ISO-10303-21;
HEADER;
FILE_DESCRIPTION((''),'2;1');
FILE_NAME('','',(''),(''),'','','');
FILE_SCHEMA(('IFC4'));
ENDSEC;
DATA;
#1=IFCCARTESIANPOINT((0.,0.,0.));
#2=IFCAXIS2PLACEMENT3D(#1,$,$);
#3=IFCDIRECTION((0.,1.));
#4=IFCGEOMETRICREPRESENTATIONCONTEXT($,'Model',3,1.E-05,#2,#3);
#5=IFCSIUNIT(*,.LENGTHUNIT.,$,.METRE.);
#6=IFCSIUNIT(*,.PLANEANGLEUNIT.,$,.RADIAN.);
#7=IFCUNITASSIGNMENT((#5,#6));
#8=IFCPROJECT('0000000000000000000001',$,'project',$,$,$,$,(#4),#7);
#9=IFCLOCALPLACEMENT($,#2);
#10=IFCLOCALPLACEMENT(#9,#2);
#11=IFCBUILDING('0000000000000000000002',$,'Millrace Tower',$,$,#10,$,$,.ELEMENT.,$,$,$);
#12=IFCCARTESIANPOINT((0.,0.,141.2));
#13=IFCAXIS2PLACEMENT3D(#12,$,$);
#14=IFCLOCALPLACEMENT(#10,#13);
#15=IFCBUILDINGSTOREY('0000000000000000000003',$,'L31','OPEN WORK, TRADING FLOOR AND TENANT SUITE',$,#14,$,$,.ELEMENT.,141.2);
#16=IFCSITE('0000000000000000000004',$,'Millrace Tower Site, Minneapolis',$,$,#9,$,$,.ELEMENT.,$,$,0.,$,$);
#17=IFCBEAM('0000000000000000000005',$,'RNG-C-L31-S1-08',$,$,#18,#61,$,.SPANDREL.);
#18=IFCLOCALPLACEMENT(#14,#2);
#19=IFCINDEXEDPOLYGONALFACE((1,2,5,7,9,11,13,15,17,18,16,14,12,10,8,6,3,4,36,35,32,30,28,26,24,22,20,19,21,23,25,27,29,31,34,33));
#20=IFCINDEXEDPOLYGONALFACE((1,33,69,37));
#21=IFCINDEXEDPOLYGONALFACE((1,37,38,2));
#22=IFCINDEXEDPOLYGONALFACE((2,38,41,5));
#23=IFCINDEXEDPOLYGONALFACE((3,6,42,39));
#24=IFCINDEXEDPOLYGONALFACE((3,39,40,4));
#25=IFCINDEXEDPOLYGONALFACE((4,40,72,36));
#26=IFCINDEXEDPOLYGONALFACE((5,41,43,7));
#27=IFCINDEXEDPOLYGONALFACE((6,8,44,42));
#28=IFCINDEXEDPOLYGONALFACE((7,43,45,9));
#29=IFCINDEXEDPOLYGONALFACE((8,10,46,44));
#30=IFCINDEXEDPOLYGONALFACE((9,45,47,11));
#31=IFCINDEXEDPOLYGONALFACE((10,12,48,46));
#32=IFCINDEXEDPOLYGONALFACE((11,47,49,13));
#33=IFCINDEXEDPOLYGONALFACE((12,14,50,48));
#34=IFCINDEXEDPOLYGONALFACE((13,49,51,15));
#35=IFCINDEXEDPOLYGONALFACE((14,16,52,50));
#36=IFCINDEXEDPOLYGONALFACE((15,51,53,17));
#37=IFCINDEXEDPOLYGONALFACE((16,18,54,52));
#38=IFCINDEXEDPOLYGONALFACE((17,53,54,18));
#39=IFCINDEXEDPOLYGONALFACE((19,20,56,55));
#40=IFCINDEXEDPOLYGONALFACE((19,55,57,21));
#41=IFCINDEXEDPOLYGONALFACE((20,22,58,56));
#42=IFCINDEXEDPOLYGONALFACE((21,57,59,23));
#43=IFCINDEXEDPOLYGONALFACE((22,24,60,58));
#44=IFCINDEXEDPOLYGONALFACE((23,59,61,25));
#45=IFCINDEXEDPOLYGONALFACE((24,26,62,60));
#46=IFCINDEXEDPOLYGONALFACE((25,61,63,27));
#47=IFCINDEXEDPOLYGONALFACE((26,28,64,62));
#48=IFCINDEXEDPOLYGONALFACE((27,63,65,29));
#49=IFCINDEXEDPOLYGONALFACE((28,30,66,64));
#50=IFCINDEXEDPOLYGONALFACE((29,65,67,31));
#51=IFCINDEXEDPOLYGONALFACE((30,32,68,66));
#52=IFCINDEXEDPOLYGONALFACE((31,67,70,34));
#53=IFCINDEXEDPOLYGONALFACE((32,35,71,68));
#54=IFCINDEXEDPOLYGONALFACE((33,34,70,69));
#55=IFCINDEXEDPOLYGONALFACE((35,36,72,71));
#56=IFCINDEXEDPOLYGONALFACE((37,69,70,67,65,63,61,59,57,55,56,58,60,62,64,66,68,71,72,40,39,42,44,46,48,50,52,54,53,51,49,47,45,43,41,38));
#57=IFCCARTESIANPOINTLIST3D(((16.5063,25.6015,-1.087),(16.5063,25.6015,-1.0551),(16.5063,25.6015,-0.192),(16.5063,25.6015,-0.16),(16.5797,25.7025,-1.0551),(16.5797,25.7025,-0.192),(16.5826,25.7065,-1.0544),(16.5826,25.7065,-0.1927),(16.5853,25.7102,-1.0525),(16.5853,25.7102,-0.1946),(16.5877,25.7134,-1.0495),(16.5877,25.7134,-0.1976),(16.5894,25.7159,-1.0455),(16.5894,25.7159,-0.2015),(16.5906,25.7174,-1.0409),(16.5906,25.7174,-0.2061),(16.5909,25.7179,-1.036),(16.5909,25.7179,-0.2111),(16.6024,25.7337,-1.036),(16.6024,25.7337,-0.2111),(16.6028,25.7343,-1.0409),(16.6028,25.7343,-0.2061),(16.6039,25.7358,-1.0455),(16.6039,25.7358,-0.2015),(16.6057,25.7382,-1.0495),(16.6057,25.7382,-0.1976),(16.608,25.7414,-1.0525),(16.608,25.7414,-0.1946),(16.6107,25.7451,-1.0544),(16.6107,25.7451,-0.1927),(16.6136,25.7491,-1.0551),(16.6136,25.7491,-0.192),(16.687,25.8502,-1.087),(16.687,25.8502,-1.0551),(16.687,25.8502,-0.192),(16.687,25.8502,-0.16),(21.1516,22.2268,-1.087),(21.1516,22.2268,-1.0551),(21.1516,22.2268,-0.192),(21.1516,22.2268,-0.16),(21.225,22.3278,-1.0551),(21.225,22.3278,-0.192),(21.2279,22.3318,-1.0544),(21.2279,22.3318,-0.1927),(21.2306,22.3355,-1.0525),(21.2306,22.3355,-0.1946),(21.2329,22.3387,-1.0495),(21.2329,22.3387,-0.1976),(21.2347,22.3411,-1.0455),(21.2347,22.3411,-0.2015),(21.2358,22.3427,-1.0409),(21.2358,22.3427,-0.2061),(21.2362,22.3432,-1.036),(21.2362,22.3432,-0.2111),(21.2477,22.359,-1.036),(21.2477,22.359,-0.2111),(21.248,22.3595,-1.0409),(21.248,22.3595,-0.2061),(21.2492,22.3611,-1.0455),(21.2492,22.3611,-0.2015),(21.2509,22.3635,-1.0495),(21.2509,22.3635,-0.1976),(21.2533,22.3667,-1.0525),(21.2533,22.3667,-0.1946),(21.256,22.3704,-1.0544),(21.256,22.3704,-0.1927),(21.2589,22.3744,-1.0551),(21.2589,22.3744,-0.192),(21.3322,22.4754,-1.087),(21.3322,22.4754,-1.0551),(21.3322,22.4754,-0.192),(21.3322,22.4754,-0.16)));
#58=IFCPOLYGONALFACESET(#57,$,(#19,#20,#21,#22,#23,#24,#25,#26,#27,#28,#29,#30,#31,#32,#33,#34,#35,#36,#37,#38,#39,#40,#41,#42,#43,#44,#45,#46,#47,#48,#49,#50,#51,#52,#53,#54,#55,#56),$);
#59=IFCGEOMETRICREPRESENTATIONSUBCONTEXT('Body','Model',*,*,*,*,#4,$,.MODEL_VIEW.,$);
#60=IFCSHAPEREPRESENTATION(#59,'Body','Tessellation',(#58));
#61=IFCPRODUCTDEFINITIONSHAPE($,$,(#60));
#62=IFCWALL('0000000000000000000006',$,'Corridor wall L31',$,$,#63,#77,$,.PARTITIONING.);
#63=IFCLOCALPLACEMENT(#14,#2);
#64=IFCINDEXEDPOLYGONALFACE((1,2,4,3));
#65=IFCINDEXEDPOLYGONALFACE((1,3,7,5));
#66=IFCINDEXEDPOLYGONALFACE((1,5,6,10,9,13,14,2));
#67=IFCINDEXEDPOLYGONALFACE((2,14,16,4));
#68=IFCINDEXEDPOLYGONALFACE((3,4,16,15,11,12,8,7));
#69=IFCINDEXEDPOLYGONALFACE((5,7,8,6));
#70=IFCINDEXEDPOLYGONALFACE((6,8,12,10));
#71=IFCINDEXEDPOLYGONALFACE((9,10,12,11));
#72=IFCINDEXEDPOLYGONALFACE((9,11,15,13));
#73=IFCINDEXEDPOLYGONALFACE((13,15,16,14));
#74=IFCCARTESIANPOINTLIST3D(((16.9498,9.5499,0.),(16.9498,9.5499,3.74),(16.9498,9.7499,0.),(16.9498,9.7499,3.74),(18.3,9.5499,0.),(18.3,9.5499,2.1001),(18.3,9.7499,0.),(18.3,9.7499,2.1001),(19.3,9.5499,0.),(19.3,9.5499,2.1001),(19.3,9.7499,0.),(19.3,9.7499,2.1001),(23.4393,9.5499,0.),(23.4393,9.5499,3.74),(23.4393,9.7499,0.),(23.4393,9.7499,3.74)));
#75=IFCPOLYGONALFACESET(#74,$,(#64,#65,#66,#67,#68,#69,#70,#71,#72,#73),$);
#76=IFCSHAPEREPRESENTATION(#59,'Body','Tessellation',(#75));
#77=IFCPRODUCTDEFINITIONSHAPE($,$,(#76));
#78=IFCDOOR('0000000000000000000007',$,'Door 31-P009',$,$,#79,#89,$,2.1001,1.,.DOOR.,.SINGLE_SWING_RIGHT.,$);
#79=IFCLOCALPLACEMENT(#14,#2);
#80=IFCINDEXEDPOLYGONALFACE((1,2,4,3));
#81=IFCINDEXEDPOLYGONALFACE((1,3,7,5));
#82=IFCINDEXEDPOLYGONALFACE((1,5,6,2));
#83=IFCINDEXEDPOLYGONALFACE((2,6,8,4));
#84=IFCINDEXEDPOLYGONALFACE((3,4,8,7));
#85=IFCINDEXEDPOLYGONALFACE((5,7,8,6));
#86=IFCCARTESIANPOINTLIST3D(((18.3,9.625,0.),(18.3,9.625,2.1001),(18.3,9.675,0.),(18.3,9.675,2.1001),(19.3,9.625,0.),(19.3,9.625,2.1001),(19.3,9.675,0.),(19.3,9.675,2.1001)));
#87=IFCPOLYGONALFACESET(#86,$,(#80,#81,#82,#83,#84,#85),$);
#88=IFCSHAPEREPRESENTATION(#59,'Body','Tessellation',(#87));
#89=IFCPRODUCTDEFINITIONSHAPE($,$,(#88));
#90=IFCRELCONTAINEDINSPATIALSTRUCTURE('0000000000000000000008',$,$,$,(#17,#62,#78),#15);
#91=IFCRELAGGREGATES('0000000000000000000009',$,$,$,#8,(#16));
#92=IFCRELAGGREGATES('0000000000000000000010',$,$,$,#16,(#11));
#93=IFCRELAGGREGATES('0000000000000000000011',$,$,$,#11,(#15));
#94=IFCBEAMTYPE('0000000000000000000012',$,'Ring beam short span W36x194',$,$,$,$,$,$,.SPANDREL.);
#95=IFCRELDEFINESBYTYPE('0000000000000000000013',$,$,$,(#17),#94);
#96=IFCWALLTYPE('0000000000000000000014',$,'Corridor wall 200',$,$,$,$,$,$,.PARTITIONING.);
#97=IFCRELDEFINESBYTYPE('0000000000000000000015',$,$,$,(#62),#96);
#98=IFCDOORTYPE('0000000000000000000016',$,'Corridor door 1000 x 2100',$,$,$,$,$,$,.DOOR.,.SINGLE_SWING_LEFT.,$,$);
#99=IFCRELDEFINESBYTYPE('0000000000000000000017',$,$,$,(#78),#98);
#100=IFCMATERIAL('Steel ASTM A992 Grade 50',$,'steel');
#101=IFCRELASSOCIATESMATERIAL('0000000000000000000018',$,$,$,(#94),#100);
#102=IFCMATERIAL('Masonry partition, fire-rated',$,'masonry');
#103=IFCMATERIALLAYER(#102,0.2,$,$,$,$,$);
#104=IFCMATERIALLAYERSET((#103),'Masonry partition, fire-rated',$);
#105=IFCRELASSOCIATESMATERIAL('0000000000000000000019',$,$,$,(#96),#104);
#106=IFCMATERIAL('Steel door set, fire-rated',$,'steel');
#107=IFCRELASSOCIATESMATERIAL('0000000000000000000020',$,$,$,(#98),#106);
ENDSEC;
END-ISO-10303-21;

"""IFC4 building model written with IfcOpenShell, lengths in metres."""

from ifc_helpers import new_model, si_unit, direction, frame, frame_2d, origin, origin_2d, place, context, subcontext, project, spatial, rectangle, i_section, extrude, material, layer, layer_set, material_profile, profile_set, type_object, element, fill, save


model = new_model("IFC4")

# Units and contexts
model_context = context("Model", 3, precision=1e-05, world=origin(), true_north=direction((0.0, 1.0)))
body_context = subcontext(model_context, "Body", "Model", "MODEL_VIEW")
ifc_project = project(units=[si_unit("LENGTHUNIT", "METRE"), si_unit("PLANEANGLEUNIT", "RADIAN")], contexts=[model_context])

# Site, building, storey
site_placement = place(None, origin())
site = spatial("IfcSite", under=ifc_project, at=site_placement, Name="Millrace Tower Site, Minneapolis", CompositionType="ELEMENT", RefElevation=0.0)
building_placement = place(site_placement, origin())
building = spatial("IfcBuilding", under=site, at=building_placement, Name="Millrace Tower", CompositionType="ELEMENT")
storey_placement = place(building_placement, frame((0.0, 0.0, 141.2)))
storey = spatial("IfcBuildingStorey", under=building, at=storey_placement, Name="L31", Description="OPEN WORK, TRADING FLOOR AND TENANT SUITE", CompositionType="ELEMENT", Elevation=141.2)

# Beam
ifc_material_1 = material(Name="Steel ASTM A992 Grade 50", Category="steel")
ifc_material_profile_1 = material_profile(ifc_material_1, i_section(OverallWidth=0.3074, OverallDepth=0.927, WebThickness=0.0195, FlangeThickness=0.032, FilletRadius=0.019, at=origin_2d()))
ifc_profile_set_1 = profile_set([ifc_material_profile_1], Name="Steel ASTM A992 Grade 50")
beam_type_1 = type_object("IfcBeamType", Name="Ring beam short span W36x194", PredefinedType="SPANDREL", material=ifc_profile_set_1)
beam_1_placement = place(storey_placement, frame((16.5967, 25.7258, -0.6235), z_axis=(0.809036, -0.58776, 0.0), x_axis=(0.58776, 0.809036, 0.0)))
element("IfcBeam", 1, at=beam_1_placement, inside=storey, type_object=beam_type_1, Name="RNG-C-L31-S1-08", PredefinedType="SPANDREL", context=body_context, shape_type="SweptSolid", body=[
    extrude(i_section(OverallWidth=0.3074, OverallDepth=0.927, WebThickness=0.0195, FlangeThickness=0.032, FilletRadius=0.019, at=origin_2d()), origin(), (0.0, 0.0, 1.0), 5.7417),
])

# Wall, opening, door
ifc_material_2 = material(Name="Masonry partition, fire-rated", Category="masonry")
ifc_layer_1 = layer(ifc_material_2, 0.2)
ifc_layer_set_1 = layer_set([ifc_layer_1], Name="Masonry partition, fire-rated")
wall_type = type_object("IfcWallType", Name="Corridor wall 200", PredefinedType="PARTITIONING", material=ifc_layer_set_1)
wall_placement = place(storey_placement, frame((16.95, 9.6499, 0.0), z_axis=(0.0, 0.0, 1.0), x_axis=(1.0, 0.0, 0.0)))
wall = element("IfcWall", 2, at=wall_placement, inside=storey, type_object=wall_type, Name="Corridor wall L31", PredefinedType="PARTITIONING", context=body_context, shape_type="SweptSolid", body=[
    extrude(rectangle(XDim=6.4895, YDim=0.2, at=frame_2d((3.2446, 0.0))), origin(), (0.0, 0.0, 1.0), 3.74),
])
opening_placement = place(wall_placement, frame((1.3501, 0.0, 0.0)))
opening = element("IfcOpeningElement", 3, at=opening_placement, cuts=wall, PredefinedType="OPENING", context=body_context, shape_type="SweptSolid", body=[
    extrude(rectangle(XDim=1.0, YDim=2.1001, at=frame_2d((0.5, 1.05))), frame((0.0, 0.1099, 0.0), z_axis=(0.0, -1.0, 0.0), x_axis=(1.0, 0.0, 0.0)), (0.0, 0.0, 1.0), 0.22),
])
ifc_material_3 = material(Name="Steel door set, fire-rated", Category="steel")
door_type = type_object("IfcDoorType", Name="Corridor door 1000 x 2100", OperationType="SINGLE_SWING_LEFT", PredefinedType="DOOR", material=ifc_material_3)
door_placement = place(opening_placement, frame((1.0, 0.0, 0.0), z_axis=(0.0, 0.0, 1.0), x_axis=(-1.0, 0.0, 0.0)))
door = element("IfcDoor", 4, at=door_placement, inside=storey, type_object=door_type, Name="Door 31-P009", OperationType="SINGLE_SWING_RIGHT", OverallHeight=2.1001, OverallWidth=1.0, PredefinedType="DOOR", context=body_context, shape_type="SweptSolid", body=[
    extrude(rectangle(XDim=1.0, YDim=2.1001, at=frame_2d((0.5, 1.05))), frame((0.0, 0.0249, 0.0), z_axis=(0.0, -1.0, 0.0), x_axis=(1.0, 0.0, 0.0)), (0.0, 0.0, 1.0), 0.05),
])
fill(opening, door)

save(model, "model.ifc")
